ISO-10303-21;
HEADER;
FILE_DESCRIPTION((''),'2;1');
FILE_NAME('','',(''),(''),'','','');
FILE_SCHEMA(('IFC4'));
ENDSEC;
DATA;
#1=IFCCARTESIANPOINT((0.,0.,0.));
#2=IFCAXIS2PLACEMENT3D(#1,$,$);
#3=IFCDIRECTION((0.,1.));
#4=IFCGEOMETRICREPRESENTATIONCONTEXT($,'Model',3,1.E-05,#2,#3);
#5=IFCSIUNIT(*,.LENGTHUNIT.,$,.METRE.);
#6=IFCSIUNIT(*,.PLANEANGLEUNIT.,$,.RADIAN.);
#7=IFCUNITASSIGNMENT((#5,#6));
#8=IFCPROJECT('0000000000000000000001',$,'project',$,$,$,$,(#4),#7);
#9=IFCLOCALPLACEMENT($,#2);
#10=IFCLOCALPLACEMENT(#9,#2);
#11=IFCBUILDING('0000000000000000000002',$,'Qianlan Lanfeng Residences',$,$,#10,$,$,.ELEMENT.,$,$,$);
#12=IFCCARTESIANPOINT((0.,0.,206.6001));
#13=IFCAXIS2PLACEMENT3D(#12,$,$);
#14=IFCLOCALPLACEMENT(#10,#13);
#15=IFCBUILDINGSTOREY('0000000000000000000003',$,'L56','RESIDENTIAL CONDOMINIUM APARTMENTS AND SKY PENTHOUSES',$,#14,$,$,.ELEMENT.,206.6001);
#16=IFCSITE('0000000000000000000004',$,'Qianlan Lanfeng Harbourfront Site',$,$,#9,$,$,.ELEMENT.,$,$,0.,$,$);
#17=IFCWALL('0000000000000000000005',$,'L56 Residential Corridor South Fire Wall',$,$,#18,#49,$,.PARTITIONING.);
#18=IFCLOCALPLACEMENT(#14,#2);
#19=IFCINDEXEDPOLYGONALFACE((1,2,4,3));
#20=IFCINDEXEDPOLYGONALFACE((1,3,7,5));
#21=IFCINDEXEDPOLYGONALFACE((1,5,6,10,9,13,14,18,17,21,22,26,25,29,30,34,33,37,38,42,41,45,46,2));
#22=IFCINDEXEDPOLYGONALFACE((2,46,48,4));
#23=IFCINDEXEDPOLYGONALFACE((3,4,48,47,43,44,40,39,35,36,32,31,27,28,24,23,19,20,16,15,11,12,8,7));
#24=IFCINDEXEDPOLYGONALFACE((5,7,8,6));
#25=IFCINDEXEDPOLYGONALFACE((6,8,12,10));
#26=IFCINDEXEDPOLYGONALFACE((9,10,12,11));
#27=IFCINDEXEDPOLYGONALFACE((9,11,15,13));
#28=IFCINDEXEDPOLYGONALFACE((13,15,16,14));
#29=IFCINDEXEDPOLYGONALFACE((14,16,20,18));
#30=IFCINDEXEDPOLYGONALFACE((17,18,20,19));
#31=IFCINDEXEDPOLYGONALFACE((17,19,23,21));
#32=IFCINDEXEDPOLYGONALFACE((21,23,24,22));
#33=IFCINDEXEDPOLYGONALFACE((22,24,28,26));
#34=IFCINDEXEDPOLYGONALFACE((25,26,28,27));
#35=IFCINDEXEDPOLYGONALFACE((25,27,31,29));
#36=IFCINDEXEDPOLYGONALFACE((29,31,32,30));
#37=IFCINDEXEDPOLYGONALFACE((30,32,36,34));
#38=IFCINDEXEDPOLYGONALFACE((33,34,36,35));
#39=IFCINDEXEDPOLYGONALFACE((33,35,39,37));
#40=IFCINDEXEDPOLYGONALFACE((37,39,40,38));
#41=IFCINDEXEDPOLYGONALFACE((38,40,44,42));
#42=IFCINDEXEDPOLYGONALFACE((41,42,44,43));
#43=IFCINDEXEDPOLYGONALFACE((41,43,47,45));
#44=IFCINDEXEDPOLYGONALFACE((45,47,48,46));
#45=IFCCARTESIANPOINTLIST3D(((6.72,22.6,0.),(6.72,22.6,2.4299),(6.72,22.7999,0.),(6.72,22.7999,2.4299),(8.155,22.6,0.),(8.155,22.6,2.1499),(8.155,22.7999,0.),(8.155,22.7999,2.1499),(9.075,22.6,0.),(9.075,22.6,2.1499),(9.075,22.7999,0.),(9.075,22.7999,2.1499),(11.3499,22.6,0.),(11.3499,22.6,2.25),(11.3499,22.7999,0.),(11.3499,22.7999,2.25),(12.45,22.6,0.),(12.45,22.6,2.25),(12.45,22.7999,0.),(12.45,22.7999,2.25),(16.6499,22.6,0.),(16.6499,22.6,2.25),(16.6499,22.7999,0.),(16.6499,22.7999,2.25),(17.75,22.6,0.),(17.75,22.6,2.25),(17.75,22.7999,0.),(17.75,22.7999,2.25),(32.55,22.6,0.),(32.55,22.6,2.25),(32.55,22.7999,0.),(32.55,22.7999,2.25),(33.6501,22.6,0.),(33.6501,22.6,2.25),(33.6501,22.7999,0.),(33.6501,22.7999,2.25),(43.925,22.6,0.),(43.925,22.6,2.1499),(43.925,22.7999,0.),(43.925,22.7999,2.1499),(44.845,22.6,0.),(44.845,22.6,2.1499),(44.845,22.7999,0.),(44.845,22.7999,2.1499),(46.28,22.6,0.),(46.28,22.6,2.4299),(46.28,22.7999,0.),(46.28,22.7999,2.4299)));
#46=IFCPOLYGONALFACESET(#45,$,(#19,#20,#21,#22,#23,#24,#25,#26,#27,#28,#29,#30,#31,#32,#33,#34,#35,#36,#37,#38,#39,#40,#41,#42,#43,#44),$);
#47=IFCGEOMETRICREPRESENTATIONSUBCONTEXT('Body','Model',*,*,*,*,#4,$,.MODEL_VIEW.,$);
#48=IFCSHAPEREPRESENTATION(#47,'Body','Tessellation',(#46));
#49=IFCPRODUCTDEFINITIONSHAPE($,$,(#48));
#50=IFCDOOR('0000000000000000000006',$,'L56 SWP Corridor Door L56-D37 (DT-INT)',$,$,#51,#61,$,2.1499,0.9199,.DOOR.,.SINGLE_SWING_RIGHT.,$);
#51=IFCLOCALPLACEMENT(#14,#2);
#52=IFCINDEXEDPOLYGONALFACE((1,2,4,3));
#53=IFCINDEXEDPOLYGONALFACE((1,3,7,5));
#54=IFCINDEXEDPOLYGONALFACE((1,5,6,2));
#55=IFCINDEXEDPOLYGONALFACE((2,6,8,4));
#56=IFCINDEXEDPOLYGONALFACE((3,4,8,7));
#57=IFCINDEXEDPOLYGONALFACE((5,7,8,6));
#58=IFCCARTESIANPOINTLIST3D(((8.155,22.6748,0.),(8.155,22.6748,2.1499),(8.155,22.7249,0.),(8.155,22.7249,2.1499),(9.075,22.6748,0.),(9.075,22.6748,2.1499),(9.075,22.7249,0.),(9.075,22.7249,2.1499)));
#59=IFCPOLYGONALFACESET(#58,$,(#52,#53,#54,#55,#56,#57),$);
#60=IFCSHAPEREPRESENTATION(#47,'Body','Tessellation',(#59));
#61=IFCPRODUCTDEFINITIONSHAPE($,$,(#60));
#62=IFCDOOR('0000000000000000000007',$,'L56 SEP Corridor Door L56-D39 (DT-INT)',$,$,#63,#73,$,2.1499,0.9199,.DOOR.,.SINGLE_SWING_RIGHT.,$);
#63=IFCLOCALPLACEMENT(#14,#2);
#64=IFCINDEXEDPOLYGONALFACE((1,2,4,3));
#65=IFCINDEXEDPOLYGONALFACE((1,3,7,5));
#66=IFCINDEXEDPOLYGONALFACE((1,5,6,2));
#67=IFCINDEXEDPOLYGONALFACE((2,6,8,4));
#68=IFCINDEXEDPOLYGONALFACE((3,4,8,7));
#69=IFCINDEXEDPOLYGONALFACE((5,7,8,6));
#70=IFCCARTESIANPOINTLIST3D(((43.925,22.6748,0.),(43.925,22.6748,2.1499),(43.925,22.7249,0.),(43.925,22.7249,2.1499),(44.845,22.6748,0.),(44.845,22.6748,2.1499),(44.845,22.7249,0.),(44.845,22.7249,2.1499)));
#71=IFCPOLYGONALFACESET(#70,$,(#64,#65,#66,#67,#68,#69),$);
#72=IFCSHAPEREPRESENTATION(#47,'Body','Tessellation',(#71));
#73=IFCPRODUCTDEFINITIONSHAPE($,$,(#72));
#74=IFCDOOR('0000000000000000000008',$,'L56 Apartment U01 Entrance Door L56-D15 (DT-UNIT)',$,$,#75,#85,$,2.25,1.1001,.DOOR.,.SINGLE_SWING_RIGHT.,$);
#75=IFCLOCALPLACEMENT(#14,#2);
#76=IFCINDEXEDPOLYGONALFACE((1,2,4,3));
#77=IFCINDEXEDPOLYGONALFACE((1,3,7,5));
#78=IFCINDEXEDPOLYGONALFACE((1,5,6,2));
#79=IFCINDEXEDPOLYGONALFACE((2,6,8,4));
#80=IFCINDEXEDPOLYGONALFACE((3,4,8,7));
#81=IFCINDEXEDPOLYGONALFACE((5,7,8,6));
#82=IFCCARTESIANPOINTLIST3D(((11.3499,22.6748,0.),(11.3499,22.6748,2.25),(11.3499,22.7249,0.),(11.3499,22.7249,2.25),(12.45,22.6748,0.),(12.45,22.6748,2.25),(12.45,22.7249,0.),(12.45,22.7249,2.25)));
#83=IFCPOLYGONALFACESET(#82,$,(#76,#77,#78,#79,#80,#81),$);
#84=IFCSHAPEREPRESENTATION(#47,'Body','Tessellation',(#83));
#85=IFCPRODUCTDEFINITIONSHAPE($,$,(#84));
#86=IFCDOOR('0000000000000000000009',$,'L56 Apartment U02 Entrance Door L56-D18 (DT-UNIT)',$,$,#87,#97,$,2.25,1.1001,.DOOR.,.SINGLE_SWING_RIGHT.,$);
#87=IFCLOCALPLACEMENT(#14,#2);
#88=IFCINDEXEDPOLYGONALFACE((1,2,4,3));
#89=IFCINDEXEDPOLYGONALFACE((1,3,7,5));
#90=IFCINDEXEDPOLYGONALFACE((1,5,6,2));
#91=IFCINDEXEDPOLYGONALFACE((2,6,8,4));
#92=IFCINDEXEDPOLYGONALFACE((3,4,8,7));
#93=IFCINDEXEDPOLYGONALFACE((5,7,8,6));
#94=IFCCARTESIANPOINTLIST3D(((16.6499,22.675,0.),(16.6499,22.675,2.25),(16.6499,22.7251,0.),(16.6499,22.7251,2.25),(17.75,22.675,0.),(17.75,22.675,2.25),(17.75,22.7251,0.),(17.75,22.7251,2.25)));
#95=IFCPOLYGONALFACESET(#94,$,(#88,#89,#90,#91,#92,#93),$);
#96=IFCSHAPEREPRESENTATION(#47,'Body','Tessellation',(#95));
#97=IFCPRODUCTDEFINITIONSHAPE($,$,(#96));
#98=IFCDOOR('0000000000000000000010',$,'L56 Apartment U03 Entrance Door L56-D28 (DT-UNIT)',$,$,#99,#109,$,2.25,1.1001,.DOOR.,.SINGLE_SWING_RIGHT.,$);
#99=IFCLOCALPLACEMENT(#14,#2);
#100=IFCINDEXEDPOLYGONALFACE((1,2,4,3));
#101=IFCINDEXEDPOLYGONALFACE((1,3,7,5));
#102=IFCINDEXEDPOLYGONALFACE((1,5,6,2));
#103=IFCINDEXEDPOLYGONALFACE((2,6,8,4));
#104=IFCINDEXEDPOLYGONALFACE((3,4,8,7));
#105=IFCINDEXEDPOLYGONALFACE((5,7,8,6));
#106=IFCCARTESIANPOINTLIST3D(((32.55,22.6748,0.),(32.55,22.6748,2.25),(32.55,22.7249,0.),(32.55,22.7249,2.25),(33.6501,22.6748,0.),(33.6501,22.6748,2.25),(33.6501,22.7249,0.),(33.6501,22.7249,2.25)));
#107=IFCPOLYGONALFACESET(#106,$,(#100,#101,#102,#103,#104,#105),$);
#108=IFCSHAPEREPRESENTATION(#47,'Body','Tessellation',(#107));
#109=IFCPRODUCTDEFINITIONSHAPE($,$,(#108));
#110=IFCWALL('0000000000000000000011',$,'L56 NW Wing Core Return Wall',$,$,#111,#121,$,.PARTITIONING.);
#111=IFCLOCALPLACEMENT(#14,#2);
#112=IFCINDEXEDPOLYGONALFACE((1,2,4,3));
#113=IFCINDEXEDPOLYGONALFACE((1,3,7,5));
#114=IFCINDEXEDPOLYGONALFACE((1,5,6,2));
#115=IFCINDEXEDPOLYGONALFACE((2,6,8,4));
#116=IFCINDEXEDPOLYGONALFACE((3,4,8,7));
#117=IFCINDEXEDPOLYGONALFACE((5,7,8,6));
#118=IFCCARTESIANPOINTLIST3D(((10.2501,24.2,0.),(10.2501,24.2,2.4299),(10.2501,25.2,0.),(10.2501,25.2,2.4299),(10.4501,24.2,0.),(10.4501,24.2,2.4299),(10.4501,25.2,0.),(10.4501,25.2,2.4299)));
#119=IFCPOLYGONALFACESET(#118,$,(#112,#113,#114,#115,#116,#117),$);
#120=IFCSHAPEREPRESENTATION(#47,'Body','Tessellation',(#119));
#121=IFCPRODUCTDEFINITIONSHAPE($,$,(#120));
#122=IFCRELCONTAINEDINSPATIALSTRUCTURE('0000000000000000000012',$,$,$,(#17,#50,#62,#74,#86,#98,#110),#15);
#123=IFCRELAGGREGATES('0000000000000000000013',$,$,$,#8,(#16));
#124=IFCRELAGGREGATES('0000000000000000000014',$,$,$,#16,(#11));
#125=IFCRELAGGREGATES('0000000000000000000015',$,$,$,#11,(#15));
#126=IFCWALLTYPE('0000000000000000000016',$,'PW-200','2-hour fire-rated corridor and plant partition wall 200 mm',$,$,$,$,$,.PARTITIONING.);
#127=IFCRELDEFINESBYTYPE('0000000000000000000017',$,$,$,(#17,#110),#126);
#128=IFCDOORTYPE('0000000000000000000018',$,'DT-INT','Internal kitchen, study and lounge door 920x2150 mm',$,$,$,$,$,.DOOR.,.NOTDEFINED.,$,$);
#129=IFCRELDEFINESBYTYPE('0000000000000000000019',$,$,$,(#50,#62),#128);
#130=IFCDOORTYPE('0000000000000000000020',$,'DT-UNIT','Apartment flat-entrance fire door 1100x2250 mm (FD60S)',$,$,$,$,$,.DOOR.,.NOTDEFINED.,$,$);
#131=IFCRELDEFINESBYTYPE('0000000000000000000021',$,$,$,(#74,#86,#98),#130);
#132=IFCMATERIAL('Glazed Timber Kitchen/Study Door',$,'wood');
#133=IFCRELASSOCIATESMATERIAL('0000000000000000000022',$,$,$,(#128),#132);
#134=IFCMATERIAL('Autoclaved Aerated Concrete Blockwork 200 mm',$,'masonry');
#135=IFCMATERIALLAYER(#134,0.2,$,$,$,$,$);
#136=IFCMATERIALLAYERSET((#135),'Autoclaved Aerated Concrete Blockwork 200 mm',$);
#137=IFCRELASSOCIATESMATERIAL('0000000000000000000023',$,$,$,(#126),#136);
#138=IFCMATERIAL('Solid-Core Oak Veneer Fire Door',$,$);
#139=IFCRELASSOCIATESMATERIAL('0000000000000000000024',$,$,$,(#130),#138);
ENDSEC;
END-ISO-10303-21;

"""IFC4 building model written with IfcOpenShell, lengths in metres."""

from ifc_helpers import new_model, si_unit, direction, frame, frame_2d, origin, place, context, subcontext, project, spatial, rectangle, extrude, material, layer, layer_set, type_object, element, fill, save


model = new_model("IFC4")

# Units and contexts
model_context = context("Model", 3, precision=1e-05, world=origin(), true_north=direction((0.0, 1.0)))
body_context = subcontext(model_context, "Body", "Model", "MODEL_VIEW")
ifc_project = project(units=[si_unit("LENGTHUNIT", "METRE"), si_unit("PLANEANGLEUNIT", "RADIAN")], contexts=[model_context])

# Site, building, storey
site_placement = place(None, origin())
site = spatial("IfcSite", under=ifc_project, at=site_placement, Name="Qianlan Lanfeng Harbourfront Site", CompositionType="ELEMENT", RefElevation=0.0)
building_placement = place(site_placement, origin())
building = spatial("IfcBuilding", under=site, at=building_placement, Name="Qianlan Lanfeng Residences", CompositionType="ELEMENT")
storey_placement = place(building_placement, frame((0.0, 0.0, 206.6001)))
storey = spatial("IfcBuildingStorey", under=building, at=storey_placement, Name="L56", Description="RESIDENTIAL CONDOMINIUM APARTMENTS AND SKY PENTHOUSES", CompositionType="ELEMENT", Elevation=206.6001)

# Shared definitions
ifc_material_1 = material(Name="Glazed Timber Kitchen/Study Door", Category="wood")
door_type_1 = type_object("IfcDoorType", Name="DT-INT", Description="Internal kitchen, study and lounge door 920x2150 mm", OperationType="NOTDEFINED", PredefinedType="DOOR", material=ifc_material_1)

# Wall, openings, doors
ifc_material_2 = material(Name="Autoclaved Aerated Concrete Blockwork 200 mm", Category="masonry")
ifc_layer_1 = layer(ifc_material_2, 0.2)
ifc_layer_set_1 = layer_set([ifc_layer_1], Name="Autoclaved Aerated Concrete Blockwork 200 mm")
wall_type_1 = type_object("IfcWallType", Name="PW-200", Description="2-hour fire-rated corridor and plant partition wall 200 mm", PredefinedType="PARTITIONING", material=ifc_layer_set_1)
wall_1_placement = place(storey_placement, frame((6.72, 22.7, 0.0), z_axis=(0.0, 0.0, 1.0), x_axis=(1.0, 0.0, 0.0)))
wall_1 = element("IfcWall", 1, at=wall_1_placement, inside=storey, type_object=wall_type_1, Name="L56 Residential Corridor South Fire Wall", PredefinedType="PARTITIONING", context=body_context, shape_type="SweptSolid", body=[
    extrude(rectangle(XDim=39.5601, YDim=0.2, at=frame_2d((19.78, 0.0))), origin(), (0.0, 0.0, 1.0), 2.4299),
])
opening_1_placement = place(wall_1_placement, frame((4.6299, 0.0, 0.0)))
opening_1 = element("IfcOpeningElement", 2, at=opening_1_placement, cuts=wall_1, PredefinedType="OPENING", context=body_context, shape_type="SweptSolid", body=[
    extrude(rectangle(XDim=1.1001, YDim=2.25, at=frame_2d((0.55, 1.125))), frame((0.0, 0.1099, 0.0), z_axis=(0.0, -1.0, 0.0), x_axis=(1.0, 0.0, 0.0)), (0.0, 0.0, 1.0), 0.22),
])
opening_2_placement = place(wall_1_placement, frame((9.9299, 0.0, 0.0)))
opening_2 = element("IfcOpeningElement", 3, at=opening_2_placement, cuts=wall_1, PredefinedType="OPENING", context=body_context, shape_type="SweptSolid", body=[
    extrude(rectangle(XDim=1.1001, YDim=2.25, at=frame_2d((0.55, 1.125))), frame((0.0, 0.1099, 0.0), z_axis=(0.0, -1.0, 0.0), x_axis=(1.0, 0.0, 0.0)), (0.0, 0.0, 1.0), 0.22),
])
opening_3_placement = place(wall_1_placement, frame((25.8301, 0.0, 0.0)))
opening_3 = element("IfcOpeningElement", 4, at=opening_3_placement, cuts=wall_1, PredefinedType="OPENING", context=body_context, shape_type="SweptSolid", body=[
    extrude(rectangle(XDim=1.1001, YDim=2.25, at=frame_2d((0.55, 1.125))), frame((0.0, 0.1099, 0.0), z_axis=(0.0, -1.0, 0.0), x_axis=(1.0, 0.0, 0.0)), (0.0, 0.0, 1.0), 0.22),
])
opening_4_placement = place(wall_1_placement, frame((1.4351, 0.0, 0.0)))
opening_4 = element("IfcOpeningElement", 5, at=opening_4_placement, cuts=wall_1, PredefinedType="OPENING", context=body_context, shape_type="SweptSolid", body=[
    extrude(rectangle(XDim=0.9199, YDim=2.1499, at=frame_2d((0.46, 1.075))), frame((0.0, 0.1099, 0.0), z_axis=(0.0, -1.0, 0.0), x_axis=(1.0, 0.0, 0.0)), (0.0, 0.0, 1.0), 0.22),
])
opening_5_placement = place(wall_1_placement, frame((37.2051, 0.0, 0.0)))
opening_5 = element("IfcOpeningElement", 6, at=opening_5_placement, cuts=wall_1, PredefinedType="OPENING", context=body_context, shape_type="SweptSolid", body=[
    extrude(rectangle(XDim=0.9199, YDim=2.1499, at=frame_2d((0.46, 1.075))), frame((0.0, 0.1099, 0.0), z_axis=(0.0, -1.0, 0.0), x_axis=(1.0, 0.0, 0.0)), (0.0, 0.0, 1.0), 0.22),
])
door_1_placement = place(opening_4_placement, origin())
door_1 = element("IfcDoor", 7, at=door_1_placement, inside=storey, type_object=door_type_1, Name="L56 SWP Corridor Door L56-D37 (DT-INT)", OperationType="SINGLE_SWING_RIGHT", OverallHeight=2.1499, OverallWidth=0.9199, PredefinedType="DOOR", context=body_context, shape_type="SweptSolid", body=[
    extrude(rectangle(XDim=0.9199, YDim=2.1499, at=frame_2d((0.46, 1.075))), frame((0.0, 0.0249, 0.0), z_axis=(0.0, -1.0, 0.0), x_axis=(1.0, 0.0, 0.0)), (0.0, 0.0, 1.0), 0.05),
])
fill(opening_4, door_1)
door_2_placement = place(opening_5_placement, origin())
door_2 = element("IfcDoor", 8, at=door_2_placement, inside=storey, type_object=door_type_1, Name="L56 SEP Corridor Door L56-D39 (DT-INT)", OperationType="SINGLE_SWING_RIGHT", OverallHeight=2.1499, OverallWidth=0.9199, PredefinedType="DOOR", context=body_context, shape_type="SweptSolid", body=[
    extrude(rectangle(XDim=0.9199, YDim=2.1499, at=frame_2d((0.46, 1.075))), frame((0.0, 0.0249, 0.0), z_axis=(0.0, -1.0, 0.0), x_axis=(1.0, 0.0, 0.0)), (0.0, 0.0, 1.0), 0.05),
])
fill(opening_5, door_2)
ifc_material_3 = material(Name="Solid-Core Oak Veneer Fire Door")
door_type_2 = type_object("IfcDoorType", Name="DT-UNIT", Description="Apartment flat-entrance fire door 1100x2250 mm (FD60S)", OperationType="NOTDEFINED", PredefinedType="DOOR", material=ifc_material_3)
door_3_placement = place(opening_1_placement, origin())
door_3 = element("IfcDoor", 9, at=door_3_placement, inside=storey, type_object=door_type_2, Name="L56 Apartment U01 Entrance Door L56-D15 (DT-UNIT)", OperationType="SINGLE_SWING_RIGHT", OverallHeight=2.25, OverallWidth=1.1001, PredefinedType="DOOR", context=body_context, shape_type="SweptSolid", body=[
    extrude(rectangle(XDim=1.1001, YDim=2.25, at=frame_2d((0.55, 1.125))), frame((0.0, 0.0249, 0.0), z_axis=(0.0, -1.0, 0.0), x_axis=(1.0, 0.0, 0.0)), (0.0, 0.0, 1.0), 0.05),
])
fill(opening_1, door_3)
door_4_placement = place(opening_2_placement, frame((1.1001, 0.0, 0.0), z_axis=(0.0, 0.0, 1.0), x_axis=(-1.0, 0.0, 0.0)))
door_4 = element("IfcDoor", 10, at=door_4_placement, inside=storey, type_object=door_type_2, Name="L56 Apartment U02 Entrance Door L56-D18 (DT-UNIT)", OperationType="SINGLE_SWING_RIGHT", OverallHeight=2.25, OverallWidth=1.1001, PredefinedType="DOOR", context=body_context, shape_type="SweptSolid", body=[
    extrude(rectangle(XDim=1.1001, YDim=2.25, at=frame_2d((0.55, 1.125))), frame((0.0, 0.0249, 0.0), z_axis=(0.0, -1.0, 0.0), x_axis=(1.0, 0.0, 0.0)), (0.0, 0.0, 1.0), 0.05),
])
fill(opening_2, door_4)
door_5_placement = place(opening_3_placement, origin())
door_5 = element("IfcDoor", 11, at=door_5_placement, inside=storey, type_object=door_type_2, Name="L56 Apartment U03 Entrance Door L56-D28 (DT-UNIT)", OperationType="SINGLE_SWING_RIGHT", OverallHeight=2.25, OverallWidth=1.1001, PredefinedType="DOOR", context=body_context, shape_type="SweptSolid", body=[
    extrude(rectangle(XDim=1.1001, YDim=2.25, at=frame_2d((0.55, 1.125))), frame((0.0, 0.0249, 0.0), z_axis=(0.0, -1.0, 0.0), x_axis=(1.0, 0.0, 0.0)), (0.0, 0.0, 1.0), 0.05),
])
fill(opening_3, door_5)

# Wall
wall_2_placement = place(storey_placement, frame((10.3501, 24.2, 0.0), z_axis=(0.0, 0.0, 1.0), x_axis=(0.0, 1.0, 0.0)))
element("IfcWall", 12, at=wall_2_placement, inside=storey, type_object=wall_type_1, Name="L56 NW Wing Core Return Wall", PredefinedType="PARTITIONING", context=body_context, shape_type="SweptSolid", body=[
    extrude(rectangle(XDim=1.0, YDim=0.2, at=frame_2d((0.5, 0.0))), origin(), (0.0, 0.0, 1.0), 2.4299),
])

save(model, "model.ifc")
